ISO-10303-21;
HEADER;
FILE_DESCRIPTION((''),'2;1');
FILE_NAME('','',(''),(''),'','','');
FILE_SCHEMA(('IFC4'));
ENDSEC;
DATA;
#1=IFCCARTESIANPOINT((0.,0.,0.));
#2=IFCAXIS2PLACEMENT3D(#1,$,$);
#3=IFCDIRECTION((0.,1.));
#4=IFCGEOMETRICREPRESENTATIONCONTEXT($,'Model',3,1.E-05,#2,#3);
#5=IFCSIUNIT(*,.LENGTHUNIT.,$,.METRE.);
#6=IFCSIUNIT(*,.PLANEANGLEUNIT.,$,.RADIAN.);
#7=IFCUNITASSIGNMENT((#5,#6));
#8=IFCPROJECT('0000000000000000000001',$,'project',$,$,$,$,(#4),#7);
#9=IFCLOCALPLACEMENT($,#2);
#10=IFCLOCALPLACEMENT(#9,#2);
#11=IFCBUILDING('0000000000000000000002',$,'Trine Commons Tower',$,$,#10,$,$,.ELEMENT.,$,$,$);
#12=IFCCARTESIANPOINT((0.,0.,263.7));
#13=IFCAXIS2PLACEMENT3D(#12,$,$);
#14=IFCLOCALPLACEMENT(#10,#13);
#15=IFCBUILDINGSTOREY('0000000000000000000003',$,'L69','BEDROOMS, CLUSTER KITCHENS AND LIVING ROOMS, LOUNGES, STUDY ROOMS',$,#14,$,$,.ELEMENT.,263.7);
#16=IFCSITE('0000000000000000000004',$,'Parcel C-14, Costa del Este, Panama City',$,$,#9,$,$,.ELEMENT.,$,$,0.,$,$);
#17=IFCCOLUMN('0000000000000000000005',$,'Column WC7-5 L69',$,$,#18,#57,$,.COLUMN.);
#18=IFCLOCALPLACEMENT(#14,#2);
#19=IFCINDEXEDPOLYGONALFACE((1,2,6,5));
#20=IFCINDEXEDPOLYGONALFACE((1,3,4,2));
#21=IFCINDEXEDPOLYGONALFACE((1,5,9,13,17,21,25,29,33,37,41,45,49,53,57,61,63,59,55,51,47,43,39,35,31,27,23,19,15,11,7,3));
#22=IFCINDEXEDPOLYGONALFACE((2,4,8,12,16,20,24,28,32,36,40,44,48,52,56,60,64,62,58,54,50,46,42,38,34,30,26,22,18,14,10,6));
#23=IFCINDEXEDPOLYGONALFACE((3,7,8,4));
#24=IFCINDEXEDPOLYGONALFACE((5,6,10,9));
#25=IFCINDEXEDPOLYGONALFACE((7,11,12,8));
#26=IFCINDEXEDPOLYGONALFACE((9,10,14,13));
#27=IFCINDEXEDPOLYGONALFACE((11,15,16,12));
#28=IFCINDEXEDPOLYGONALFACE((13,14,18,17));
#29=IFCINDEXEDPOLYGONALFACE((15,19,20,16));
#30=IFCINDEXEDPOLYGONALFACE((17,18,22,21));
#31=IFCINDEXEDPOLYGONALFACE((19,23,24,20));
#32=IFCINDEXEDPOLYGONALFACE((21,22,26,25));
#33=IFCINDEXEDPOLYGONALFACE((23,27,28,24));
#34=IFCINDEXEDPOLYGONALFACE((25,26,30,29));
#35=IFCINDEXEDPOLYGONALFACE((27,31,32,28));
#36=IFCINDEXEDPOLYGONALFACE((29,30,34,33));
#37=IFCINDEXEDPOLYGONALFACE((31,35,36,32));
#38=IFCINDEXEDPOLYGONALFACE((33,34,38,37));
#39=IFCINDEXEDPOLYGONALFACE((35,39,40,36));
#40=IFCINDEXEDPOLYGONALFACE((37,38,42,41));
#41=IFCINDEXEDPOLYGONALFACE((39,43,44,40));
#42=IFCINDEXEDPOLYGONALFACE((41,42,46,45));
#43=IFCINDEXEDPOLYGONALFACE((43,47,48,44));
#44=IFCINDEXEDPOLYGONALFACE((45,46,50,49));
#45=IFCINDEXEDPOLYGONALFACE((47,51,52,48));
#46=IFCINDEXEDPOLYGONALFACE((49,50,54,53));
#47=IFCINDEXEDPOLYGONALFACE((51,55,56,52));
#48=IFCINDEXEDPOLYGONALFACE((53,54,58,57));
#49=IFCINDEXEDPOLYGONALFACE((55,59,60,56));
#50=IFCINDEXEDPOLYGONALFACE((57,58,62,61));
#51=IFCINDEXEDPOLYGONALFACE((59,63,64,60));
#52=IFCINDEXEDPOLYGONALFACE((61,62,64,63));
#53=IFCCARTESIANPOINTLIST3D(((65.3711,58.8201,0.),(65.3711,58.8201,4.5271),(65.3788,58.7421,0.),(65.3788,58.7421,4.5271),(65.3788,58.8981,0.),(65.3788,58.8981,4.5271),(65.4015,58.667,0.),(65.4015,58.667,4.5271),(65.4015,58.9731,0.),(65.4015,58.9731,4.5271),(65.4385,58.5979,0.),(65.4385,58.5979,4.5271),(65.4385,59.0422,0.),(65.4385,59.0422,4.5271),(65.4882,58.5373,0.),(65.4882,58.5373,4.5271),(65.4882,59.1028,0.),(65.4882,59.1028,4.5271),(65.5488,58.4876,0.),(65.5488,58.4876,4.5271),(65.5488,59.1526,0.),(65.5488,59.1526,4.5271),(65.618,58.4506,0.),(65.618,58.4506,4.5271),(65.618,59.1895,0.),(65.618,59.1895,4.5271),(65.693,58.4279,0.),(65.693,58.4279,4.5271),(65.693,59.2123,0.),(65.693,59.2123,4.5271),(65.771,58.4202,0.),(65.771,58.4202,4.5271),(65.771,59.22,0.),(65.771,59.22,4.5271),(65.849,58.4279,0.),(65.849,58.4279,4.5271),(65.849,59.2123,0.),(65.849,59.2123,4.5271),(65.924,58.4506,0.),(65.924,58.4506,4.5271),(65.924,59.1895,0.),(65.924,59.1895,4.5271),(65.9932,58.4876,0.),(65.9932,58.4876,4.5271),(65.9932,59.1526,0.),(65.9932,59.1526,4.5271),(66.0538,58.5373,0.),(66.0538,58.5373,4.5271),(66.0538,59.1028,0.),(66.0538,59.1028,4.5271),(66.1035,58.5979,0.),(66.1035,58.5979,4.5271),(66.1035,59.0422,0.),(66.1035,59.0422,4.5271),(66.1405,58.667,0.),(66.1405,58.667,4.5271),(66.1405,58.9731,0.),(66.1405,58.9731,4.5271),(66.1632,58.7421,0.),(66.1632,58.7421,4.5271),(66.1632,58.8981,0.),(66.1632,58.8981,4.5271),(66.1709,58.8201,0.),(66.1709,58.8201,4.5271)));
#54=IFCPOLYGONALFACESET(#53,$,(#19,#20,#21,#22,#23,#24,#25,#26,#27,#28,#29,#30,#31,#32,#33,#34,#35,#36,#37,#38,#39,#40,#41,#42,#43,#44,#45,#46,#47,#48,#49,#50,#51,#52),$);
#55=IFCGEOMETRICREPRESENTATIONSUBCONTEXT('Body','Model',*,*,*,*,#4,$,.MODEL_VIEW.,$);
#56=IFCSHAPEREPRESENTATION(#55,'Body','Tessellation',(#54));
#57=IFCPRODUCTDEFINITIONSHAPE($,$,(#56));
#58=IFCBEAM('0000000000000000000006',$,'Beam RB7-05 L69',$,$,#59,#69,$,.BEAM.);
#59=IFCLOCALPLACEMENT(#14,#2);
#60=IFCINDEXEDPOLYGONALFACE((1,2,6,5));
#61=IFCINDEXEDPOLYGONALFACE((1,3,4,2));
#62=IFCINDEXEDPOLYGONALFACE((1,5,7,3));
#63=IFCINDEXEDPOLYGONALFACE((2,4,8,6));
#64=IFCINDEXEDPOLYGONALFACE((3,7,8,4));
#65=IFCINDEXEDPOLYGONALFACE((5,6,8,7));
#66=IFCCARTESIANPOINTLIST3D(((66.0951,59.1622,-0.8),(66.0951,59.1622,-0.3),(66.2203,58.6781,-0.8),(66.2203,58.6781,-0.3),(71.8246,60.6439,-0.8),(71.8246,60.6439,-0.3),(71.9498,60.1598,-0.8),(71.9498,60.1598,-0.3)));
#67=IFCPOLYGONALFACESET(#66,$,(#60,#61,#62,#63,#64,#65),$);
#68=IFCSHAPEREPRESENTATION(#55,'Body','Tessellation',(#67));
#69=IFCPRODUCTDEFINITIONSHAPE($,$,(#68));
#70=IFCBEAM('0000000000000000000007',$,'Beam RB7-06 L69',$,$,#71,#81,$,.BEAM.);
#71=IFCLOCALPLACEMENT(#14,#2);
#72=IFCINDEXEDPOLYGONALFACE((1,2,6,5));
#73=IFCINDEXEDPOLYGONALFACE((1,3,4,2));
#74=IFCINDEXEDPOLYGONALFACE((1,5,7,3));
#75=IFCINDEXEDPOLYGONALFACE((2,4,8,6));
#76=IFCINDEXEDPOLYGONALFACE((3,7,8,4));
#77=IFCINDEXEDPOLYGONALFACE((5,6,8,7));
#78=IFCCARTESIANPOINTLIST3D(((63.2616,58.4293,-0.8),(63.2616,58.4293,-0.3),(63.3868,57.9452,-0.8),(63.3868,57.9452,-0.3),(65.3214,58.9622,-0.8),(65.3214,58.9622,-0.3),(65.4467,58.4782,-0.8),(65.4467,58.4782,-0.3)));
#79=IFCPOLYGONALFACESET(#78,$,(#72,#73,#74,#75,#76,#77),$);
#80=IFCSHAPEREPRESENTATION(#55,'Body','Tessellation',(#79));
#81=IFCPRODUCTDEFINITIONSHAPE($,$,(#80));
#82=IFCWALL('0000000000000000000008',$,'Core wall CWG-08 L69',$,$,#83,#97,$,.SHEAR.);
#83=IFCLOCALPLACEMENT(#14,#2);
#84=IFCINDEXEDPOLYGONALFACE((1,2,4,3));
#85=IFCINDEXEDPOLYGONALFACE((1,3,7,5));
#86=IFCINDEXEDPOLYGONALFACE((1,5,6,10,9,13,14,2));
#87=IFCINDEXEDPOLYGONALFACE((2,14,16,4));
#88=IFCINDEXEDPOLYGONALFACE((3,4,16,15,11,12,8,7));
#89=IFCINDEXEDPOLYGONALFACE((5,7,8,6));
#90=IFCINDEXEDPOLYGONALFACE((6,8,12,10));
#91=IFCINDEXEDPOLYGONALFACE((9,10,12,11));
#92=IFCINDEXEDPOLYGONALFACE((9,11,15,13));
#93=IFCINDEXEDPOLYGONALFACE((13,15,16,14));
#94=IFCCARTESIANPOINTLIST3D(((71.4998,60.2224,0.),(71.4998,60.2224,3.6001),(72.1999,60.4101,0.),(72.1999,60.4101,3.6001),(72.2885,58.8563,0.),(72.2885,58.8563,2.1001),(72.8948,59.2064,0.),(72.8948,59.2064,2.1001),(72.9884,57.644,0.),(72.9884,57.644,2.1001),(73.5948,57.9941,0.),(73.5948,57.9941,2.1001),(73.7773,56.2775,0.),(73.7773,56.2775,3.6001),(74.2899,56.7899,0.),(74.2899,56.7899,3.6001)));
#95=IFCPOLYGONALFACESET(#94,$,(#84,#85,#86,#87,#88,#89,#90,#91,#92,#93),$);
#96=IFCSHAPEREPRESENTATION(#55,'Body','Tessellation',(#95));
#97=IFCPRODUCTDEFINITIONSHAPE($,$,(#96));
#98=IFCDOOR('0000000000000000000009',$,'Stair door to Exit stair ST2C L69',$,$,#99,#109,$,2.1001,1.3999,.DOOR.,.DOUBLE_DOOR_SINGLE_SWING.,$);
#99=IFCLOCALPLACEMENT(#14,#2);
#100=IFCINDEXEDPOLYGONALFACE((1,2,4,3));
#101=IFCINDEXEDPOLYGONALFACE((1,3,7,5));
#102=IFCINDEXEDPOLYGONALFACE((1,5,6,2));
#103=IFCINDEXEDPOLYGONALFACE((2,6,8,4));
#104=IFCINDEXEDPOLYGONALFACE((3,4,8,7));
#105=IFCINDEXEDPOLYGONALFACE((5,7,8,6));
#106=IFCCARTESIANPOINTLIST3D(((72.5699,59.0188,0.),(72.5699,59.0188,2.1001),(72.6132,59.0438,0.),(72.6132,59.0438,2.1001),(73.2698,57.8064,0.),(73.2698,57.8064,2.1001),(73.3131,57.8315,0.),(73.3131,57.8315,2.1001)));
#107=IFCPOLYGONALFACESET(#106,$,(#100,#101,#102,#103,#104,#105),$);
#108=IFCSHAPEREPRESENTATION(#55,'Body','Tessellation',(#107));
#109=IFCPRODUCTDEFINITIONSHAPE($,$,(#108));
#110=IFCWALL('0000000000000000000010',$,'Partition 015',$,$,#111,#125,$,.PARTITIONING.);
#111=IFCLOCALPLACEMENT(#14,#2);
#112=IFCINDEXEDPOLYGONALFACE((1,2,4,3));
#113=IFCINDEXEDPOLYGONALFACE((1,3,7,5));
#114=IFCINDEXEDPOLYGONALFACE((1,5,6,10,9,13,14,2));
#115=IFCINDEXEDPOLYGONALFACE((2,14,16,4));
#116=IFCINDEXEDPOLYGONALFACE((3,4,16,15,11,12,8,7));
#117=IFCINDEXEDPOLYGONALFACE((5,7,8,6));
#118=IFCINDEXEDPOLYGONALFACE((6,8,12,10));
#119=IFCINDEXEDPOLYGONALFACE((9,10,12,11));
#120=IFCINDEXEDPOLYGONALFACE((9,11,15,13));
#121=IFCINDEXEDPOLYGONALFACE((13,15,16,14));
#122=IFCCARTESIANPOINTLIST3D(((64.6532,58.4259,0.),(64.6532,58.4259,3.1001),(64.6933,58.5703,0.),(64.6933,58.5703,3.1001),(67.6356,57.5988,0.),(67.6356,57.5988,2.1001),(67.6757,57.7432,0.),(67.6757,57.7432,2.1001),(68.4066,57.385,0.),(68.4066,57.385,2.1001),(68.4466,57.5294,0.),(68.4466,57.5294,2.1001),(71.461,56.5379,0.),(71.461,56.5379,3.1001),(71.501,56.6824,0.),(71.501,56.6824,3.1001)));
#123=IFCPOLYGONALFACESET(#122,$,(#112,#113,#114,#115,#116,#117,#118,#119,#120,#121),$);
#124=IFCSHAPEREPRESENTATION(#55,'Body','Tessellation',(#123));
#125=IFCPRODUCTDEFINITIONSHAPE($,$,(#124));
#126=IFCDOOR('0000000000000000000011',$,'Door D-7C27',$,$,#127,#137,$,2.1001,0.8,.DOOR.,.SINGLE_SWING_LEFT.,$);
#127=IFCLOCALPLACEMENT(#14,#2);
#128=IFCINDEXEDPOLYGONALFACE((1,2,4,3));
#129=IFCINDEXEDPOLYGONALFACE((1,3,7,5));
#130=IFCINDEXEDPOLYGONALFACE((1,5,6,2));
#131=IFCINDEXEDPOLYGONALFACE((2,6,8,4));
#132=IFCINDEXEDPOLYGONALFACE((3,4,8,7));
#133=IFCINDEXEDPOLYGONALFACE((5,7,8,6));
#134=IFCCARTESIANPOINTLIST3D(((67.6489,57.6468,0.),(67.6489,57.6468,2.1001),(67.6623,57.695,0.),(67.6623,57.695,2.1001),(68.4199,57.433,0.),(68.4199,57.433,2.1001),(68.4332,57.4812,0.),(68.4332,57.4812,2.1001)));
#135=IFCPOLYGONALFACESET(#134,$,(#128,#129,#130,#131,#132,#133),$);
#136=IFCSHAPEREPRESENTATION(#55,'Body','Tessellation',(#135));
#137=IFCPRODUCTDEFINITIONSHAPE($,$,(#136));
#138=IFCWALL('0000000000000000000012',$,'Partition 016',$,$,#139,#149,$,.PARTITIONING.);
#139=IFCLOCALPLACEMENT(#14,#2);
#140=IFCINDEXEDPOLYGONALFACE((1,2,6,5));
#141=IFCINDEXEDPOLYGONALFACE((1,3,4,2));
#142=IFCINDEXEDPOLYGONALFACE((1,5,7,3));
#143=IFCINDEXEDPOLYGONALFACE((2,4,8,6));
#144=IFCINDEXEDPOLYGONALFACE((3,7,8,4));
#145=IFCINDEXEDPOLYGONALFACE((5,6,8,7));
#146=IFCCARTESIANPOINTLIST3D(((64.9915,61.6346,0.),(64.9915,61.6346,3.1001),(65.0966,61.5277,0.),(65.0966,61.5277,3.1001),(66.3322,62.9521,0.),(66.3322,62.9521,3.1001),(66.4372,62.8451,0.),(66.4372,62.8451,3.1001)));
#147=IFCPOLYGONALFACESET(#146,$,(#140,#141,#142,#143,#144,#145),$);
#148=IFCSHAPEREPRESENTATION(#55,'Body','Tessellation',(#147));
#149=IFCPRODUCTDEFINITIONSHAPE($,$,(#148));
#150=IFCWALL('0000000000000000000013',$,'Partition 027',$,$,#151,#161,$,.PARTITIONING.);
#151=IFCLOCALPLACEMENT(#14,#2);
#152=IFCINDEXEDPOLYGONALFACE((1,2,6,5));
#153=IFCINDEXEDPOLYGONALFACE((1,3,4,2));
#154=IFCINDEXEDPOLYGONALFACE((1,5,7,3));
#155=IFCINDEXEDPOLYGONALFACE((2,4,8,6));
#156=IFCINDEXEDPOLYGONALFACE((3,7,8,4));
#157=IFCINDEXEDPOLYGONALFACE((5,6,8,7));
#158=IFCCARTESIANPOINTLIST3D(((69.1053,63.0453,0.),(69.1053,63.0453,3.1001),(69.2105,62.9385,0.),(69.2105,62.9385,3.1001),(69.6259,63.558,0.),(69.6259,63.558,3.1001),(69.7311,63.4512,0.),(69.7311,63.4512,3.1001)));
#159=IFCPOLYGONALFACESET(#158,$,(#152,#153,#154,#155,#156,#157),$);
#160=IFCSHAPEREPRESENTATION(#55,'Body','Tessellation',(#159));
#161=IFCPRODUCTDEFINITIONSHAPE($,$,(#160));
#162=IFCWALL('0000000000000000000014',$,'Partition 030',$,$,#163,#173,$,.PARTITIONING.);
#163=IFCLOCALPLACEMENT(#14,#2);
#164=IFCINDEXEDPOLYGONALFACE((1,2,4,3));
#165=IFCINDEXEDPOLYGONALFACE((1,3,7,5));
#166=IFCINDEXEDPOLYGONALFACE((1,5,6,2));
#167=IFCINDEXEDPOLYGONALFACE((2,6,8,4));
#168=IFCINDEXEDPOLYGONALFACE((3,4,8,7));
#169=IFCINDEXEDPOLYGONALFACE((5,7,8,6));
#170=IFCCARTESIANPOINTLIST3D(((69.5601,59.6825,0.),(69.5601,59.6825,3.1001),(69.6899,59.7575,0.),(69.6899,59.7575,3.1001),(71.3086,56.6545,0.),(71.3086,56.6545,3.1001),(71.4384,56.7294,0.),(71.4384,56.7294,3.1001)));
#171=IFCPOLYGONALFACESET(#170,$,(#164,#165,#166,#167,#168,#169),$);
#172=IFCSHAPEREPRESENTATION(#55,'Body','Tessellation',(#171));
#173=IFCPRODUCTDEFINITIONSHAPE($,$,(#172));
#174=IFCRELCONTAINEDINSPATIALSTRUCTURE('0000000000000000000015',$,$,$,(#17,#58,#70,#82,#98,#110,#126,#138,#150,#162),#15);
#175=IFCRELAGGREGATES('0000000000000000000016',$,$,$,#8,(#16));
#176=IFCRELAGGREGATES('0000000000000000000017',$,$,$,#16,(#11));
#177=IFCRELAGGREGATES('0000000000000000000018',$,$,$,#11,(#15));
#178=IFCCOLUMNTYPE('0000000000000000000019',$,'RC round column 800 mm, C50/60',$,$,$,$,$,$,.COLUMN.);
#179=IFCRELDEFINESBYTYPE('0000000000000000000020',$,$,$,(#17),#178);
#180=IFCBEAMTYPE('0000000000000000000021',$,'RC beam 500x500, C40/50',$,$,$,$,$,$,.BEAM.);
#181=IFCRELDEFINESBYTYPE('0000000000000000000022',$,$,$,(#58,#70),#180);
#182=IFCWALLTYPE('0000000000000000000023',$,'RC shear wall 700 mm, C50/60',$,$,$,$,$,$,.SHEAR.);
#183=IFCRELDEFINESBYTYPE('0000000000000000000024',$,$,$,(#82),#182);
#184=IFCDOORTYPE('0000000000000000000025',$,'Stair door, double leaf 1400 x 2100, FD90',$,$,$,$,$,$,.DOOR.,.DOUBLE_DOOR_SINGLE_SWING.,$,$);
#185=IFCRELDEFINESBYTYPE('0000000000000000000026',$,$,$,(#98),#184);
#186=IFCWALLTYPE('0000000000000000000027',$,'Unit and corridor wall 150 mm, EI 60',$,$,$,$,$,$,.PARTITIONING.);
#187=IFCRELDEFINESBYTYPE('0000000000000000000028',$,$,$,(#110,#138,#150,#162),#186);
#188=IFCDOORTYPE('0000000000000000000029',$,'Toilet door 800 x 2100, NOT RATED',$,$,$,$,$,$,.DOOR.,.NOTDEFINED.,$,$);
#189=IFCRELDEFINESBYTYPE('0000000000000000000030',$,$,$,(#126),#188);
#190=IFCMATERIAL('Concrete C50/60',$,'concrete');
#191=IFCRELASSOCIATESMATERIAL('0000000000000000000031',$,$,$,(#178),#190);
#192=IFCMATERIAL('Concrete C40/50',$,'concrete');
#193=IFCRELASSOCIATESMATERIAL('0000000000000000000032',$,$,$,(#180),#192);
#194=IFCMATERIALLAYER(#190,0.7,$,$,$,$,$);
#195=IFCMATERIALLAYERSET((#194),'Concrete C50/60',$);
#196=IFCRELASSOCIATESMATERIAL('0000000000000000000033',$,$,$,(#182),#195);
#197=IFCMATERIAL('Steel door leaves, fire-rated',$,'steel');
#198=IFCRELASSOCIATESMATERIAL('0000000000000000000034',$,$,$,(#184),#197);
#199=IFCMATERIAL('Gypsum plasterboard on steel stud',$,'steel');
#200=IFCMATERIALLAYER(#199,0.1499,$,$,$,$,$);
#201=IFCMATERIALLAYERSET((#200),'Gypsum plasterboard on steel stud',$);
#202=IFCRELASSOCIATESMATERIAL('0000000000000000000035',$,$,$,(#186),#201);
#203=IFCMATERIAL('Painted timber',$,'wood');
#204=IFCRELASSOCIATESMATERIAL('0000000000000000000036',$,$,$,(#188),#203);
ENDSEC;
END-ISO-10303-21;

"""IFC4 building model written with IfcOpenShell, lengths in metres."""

from ifc_helpers import new_model, si_unit, direction, frame, frame_2d, origin, origin_2d, place, context, subcontext, project, spatial, polyline, rectangle, circle, outline, extrude, material, layer, layer_set, material_profile, profile_set, type_object, element, fill, save


model = new_model("IFC4")

# Units and contexts
model_context = context("Model", 3, precision=1e-05, world=origin(), true_north=direction((0.0, 1.0)))
body_context = subcontext(model_context, "Body", "Model", "MODEL_VIEW")
ifc_project = project(units=[si_unit("LENGTHUNIT", "METRE"), si_unit("PLANEANGLEUNIT", "RADIAN")], contexts=[model_context])

# Site, building, storey
site_placement = place(None, origin())
site = spatial("IfcSite", under=ifc_project, at=site_placement, Name="Parcel C-14, Costa del Este, Panama City", CompositionType="ELEMENT", RefElevation=0.0)
building_placement = place(site_placement, origin())
building = spatial("IfcBuilding", under=site, at=building_placement, Name="Trine Commons Tower", CompositionType="ELEMENT")
storey_placement = place(building_placement, frame((0.0, 0.0, 263.7)))
storey = spatial("IfcBuildingStorey", under=building, at=storey_placement, Name="L69", Description="BEDROOMS, CLUSTER KITCHENS AND LIVING ROOMS, LOUNGES, STUDY ROOMS", CompositionType="ELEMENT", Elevation=263.7)

# Column
ifc_material_1 = material(Name="Concrete C50/60", Category="concrete")
ifc_material_profile_1 = material_profile(ifc_material_1, circle(Radius=0.3999, at=origin_2d()), Name="RC round 800")
ifc_profile_set_1 = profile_set([ifc_material_profile_1], Name="Concrete C50/60")
column_type = type_object("IfcColumnType", Name="RC round column 800 mm, C50/60", PredefinedType="COLUMN", material=ifc_profile_set_1)
column_placement = place(storey_placement, frame((65.771, 58.8201, 0.0), z_axis=(0.0, 0.0, 1.0), x_axis=(1.0, 0.0, 0.0)))
element("IfcColumn", 1, at=column_placement, inside=storey, type_object=column_type, Name="Column WC7-5 L69", PredefinedType="COLUMN", context=body_context, shape_type="SweptSolid", body=[
    extrude(circle(Radius=0.3999, at=origin_2d()), origin(), (0.0, 0.0, 1.0), 4.5271),
])

# Beams
ifc_material_2 = material(Name="Concrete C40/50", Category="concrete")
ifc_material_profile_2 = material_profile(ifc_material_2, rectangle(XDim=0.5, YDim=0.5, at=origin_2d()), Name="RC 500x500")
ifc_profile_set_2 = profile_set([ifc_material_profile_2], Name="Concrete C40/50")
beam_type = type_object("IfcBeamType", Name="RC beam 500x500, C40/50", PredefinedType="BEAM", material=ifc_profile_set_2)
beam_1_placement = place(storey_placement, frame((71.8872, 60.4019, -0.55), z_axis=(-0.96815, -0.250371, 0.0), x_axis=(0.250371, -0.96815, 0.0)))
element("IfcBeam", 2, at=beam_1_placement, inside=storey, type_object=beam_type, Name="Beam RB7-05 L69", PredefinedType="BEAM", context=body_context, shape_type="SweptSolid", body=[
    extrude(rectangle(XDim=0.5, YDim=0.5, at=origin_2d()), origin(), (0.0, 0.0, 1.0), 5.918),
])
beam_2_placement = place(storey_placement, frame((65.384, 58.7202, -0.55), z_axis=(-0.968119, -0.250492, 0.0), x_axis=(0.250492, -0.968119, 0.0)))
element("IfcBeam", 3, at=beam_2_placement, inside=storey, type_object=beam_type, Name="Beam RB7-06 L69", PredefinedType="BEAM", context=body_context, shape_type="SweptSolid", body=[
    extrude(rectangle(XDim=0.5, YDim=0.5, at=origin_2d()), origin(), (0.0, 0.0, 1.0), 2.1277),
])

# Walls, openings, doors
ifc_layer_1 = layer(ifc_material_1, 0.7)
ifc_layer_set_1 = layer_set([ifc_layer_1], Name="Concrete C50/60")
wall_type_1 = type_object("IfcWallType", Name="RC shear wall 700 mm, C50/60", PredefinedType="SHEAR", material=ifc_layer_set_1)
wall_1_placement = place(storey_placement, frame((71.803, 60.3975, 0.0), z_axis=(0.0, 0.0, 1.0), x_axis=(0.499984, -0.866035, 0.0)))
wall_1 = element("IfcWall", 4, at=wall_1_placement, inside=storey, type_object=wall_type_1, Name="Core wall CWG-08 L69", PredefinedType="SHEAR", context=body_context, shape_type="SweptSolid", body=[
    extrude(outline(polyline([(0.0, -0.3501), (4.5552, -0.3501), (4.3677, 0.3501), (0.1875, 0.3501), (0.0, -0.3501)])), origin(), (0.0, 0.0, 1.0), 3.6001),
])
opening_1_placement = place(wall_1_placement, frame((1.5774, 0.0, 0.0)))
opening_1 = element("IfcOpeningElement", 5, at=opening_1_placement, cuts=wall_1, PredefinedType="OPENING", context=body_context, shape_type="SweptSolid", body=[
    extrude(rectangle(XDim=1.3999, YDim=2.1001, at=frame_2d((0.7, 1.05))), frame((0.0, 0.3599, 0.0), z_axis=(0.0, -1.0, 0.0), x_axis=(1.0, 0.0, 0.0)), (0.0, 0.0, 1.0), 0.72),
])
ifc_material_3 = material(Name="Steel door leaves, fire-rated", Category="steel")
door_type_1 = type_object("IfcDoorType", Name="Stair door, double leaf 1400 x 2100, FD90", OperationType="DOUBLE_DOOR_SINGLE_SWING", PredefinedType="DOOR", material=ifc_material_3)
door_1_placement = place(opening_1_placement, origin())
door_1 = element("IfcDoor", 6, at=door_1_placement, inside=storey, type_object=door_type_1, Name="Stair door to Exit stair ST2C L69", OperationType="DOUBLE_DOOR_SINGLE_SWING", OverallHeight=2.1001, OverallWidth=1.3999, PredefinedType="DOOR", context=body_context, shape_type="SweptSolid", body=[
    extrude(rectangle(XDim=1.3999, YDim=2.1001, at=frame_2d((0.7, 1.05))), frame((0.0, 0.0249, 0.0), z_axis=(0.0, -1.0, 0.0), x_axis=(1.0, 0.0, 0.0)), (0.0, 0.0, 1.0), 0.05),
])
fill(opening_1, door_1)
ifc_material_4 = material(Name="Gypsum plasterboard on steel stud", Category="steel")
ifc_layer_2 = layer(ifc_material_4, 0.1499)
ifc_layer_set_2 = layer_set([ifc_layer_2], Name="Gypsum plasterboard on steel stud")
wall_type_2 = type_object("IfcWallType", Name="Unit and corridor wall 150 mm, EI 60", PredefinedType="PARTITIONING", material=ifc_layer_set_2)
wall_2_placement = place(storey_placement, frame((64.6733, 58.498, 0.0), z_axis=(0.0, 0.0, 1.0), x_axis=(0.963632, -0.267232, 0.0)))
wall_2 = element("IfcWall", 7, at=wall_2_placement, inside=storey, type_object=wall_type_2, Name="Partition 015", PredefinedType="PARTITIONING", context=body_context, shape_type="SweptSolid", body=[
    extrude(rectangle(XDim=7.0647, YDim=0.1499, at=frame_2d((3.5322, 0.0))), origin(), (0.0, 0.0, 1.0), 3.1001),
])
opening_2_placement = place(wall_2_placement, frame((3.095, 0.0, 0.0)))
opening_2 = element("IfcOpeningElement", 8, at=opening_2_placement, cuts=wall_2, PredefinedType="OPENING", context=body_context, shape_type="SweptSolid", body=[
    extrude(rectangle(XDim=0.8, YDim=2.1001, at=frame_2d((0.3999, 1.05))), frame((0.0, 0.085, 0.0), z_axis=(0.0, -1.0, 0.0), x_axis=(1.0, 0.0, 0.0)), (0.0, 0.0, 1.0), 0.1699),
])
ifc_material_5 = material(Name="Painted timber", Category="wood")
door_type_2 = type_object("IfcDoorType", Name="Toilet door 800 x 2100, NOT RATED", OperationType="NOTDEFINED", PredefinedType="DOOR", material=ifc_material_5)
door_2_placement = place(opening_2_placement, origin())
door_2 = element("IfcDoor", 9, at=door_2_placement, inside=storey, type_object=door_type_2, Name="Door D-7C27", OperationType="SINGLE_SWING_LEFT", OverallHeight=2.1001, OverallWidth=0.8, PredefinedType="DOOR", context=body_context, shape_type="SweptSolid", body=[
    extrude(rectangle(XDim=0.8, YDim=2.1001, at=frame_2d((0.3999, 1.05))), frame((0.0, 0.0249, 0.0), z_axis=(0.0, -1.0, 0.0), x_axis=(1.0, 0.0, 0.0)), (0.0, 0.0, 1.0), 0.05),
])
fill(opening_2, door_2)

# Walls
wall_3_placement = place(storey_placement, frame((65.0439, 61.5811, 0.0), z_axis=(0.0, 0.0, 1.0), x_axis=(0.71325, 0.70091, 0.0)))
element("IfcWall", 10, at=wall_3_placement, inside=storey, type_object=wall_type_2, Name="Partition 016", PredefinedType="PARTITIONING", context=body_context, shape_type="SweptSolid", body=[
    extrude(rectangle(XDim=1.8796, YDim=0.1499, at=frame_2d((0.9399, 0.0))), origin(), (0.0, 0.0, 1.0), 3.1001),
])
wall_4_placement = place(storey_placement, frame((69.158, 62.9919, 0.0), z_axis=(0.0, 0.0, 1.0), x_axis=(0.712433, 0.70174, 0.0)))
element("IfcWall", 11, at=wall_4_placement, inside=storey, type_object=wall_type_2, Name="Partition 027", PredefinedType="PARTITIONING", context=body_context, shape_type="SweptSolid", body=[
    extrude(rectangle(XDim=0.7307, YDim=0.1499, at=frame_2d((0.3652, 0.0))), origin(), (0.0, 0.0, 1.0), 3.1001),
])
wall_5_placement = place(storey_placement, frame((69.625, 59.72, 0.0), z_axis=(0.0, 0.0, 1.0), x_axis=(0.500059, -0.865991, 0.0)))
element("IfcWall", 12, at=wall_5_placement, inside=storey, type_object=wall_type_2, Name="Partition 030", PredefinedType="PARTITIONING", context=body_context, shape_type="SweptSolid", body=[
    extrude(rectangle(XDim=3.4966, YDim=0.1499, at=frame_2d((1.7483, 0.0))), origin(), (0.0, 0.0, 1.0), 3.1001),
])

save(model, "model.ifc")
